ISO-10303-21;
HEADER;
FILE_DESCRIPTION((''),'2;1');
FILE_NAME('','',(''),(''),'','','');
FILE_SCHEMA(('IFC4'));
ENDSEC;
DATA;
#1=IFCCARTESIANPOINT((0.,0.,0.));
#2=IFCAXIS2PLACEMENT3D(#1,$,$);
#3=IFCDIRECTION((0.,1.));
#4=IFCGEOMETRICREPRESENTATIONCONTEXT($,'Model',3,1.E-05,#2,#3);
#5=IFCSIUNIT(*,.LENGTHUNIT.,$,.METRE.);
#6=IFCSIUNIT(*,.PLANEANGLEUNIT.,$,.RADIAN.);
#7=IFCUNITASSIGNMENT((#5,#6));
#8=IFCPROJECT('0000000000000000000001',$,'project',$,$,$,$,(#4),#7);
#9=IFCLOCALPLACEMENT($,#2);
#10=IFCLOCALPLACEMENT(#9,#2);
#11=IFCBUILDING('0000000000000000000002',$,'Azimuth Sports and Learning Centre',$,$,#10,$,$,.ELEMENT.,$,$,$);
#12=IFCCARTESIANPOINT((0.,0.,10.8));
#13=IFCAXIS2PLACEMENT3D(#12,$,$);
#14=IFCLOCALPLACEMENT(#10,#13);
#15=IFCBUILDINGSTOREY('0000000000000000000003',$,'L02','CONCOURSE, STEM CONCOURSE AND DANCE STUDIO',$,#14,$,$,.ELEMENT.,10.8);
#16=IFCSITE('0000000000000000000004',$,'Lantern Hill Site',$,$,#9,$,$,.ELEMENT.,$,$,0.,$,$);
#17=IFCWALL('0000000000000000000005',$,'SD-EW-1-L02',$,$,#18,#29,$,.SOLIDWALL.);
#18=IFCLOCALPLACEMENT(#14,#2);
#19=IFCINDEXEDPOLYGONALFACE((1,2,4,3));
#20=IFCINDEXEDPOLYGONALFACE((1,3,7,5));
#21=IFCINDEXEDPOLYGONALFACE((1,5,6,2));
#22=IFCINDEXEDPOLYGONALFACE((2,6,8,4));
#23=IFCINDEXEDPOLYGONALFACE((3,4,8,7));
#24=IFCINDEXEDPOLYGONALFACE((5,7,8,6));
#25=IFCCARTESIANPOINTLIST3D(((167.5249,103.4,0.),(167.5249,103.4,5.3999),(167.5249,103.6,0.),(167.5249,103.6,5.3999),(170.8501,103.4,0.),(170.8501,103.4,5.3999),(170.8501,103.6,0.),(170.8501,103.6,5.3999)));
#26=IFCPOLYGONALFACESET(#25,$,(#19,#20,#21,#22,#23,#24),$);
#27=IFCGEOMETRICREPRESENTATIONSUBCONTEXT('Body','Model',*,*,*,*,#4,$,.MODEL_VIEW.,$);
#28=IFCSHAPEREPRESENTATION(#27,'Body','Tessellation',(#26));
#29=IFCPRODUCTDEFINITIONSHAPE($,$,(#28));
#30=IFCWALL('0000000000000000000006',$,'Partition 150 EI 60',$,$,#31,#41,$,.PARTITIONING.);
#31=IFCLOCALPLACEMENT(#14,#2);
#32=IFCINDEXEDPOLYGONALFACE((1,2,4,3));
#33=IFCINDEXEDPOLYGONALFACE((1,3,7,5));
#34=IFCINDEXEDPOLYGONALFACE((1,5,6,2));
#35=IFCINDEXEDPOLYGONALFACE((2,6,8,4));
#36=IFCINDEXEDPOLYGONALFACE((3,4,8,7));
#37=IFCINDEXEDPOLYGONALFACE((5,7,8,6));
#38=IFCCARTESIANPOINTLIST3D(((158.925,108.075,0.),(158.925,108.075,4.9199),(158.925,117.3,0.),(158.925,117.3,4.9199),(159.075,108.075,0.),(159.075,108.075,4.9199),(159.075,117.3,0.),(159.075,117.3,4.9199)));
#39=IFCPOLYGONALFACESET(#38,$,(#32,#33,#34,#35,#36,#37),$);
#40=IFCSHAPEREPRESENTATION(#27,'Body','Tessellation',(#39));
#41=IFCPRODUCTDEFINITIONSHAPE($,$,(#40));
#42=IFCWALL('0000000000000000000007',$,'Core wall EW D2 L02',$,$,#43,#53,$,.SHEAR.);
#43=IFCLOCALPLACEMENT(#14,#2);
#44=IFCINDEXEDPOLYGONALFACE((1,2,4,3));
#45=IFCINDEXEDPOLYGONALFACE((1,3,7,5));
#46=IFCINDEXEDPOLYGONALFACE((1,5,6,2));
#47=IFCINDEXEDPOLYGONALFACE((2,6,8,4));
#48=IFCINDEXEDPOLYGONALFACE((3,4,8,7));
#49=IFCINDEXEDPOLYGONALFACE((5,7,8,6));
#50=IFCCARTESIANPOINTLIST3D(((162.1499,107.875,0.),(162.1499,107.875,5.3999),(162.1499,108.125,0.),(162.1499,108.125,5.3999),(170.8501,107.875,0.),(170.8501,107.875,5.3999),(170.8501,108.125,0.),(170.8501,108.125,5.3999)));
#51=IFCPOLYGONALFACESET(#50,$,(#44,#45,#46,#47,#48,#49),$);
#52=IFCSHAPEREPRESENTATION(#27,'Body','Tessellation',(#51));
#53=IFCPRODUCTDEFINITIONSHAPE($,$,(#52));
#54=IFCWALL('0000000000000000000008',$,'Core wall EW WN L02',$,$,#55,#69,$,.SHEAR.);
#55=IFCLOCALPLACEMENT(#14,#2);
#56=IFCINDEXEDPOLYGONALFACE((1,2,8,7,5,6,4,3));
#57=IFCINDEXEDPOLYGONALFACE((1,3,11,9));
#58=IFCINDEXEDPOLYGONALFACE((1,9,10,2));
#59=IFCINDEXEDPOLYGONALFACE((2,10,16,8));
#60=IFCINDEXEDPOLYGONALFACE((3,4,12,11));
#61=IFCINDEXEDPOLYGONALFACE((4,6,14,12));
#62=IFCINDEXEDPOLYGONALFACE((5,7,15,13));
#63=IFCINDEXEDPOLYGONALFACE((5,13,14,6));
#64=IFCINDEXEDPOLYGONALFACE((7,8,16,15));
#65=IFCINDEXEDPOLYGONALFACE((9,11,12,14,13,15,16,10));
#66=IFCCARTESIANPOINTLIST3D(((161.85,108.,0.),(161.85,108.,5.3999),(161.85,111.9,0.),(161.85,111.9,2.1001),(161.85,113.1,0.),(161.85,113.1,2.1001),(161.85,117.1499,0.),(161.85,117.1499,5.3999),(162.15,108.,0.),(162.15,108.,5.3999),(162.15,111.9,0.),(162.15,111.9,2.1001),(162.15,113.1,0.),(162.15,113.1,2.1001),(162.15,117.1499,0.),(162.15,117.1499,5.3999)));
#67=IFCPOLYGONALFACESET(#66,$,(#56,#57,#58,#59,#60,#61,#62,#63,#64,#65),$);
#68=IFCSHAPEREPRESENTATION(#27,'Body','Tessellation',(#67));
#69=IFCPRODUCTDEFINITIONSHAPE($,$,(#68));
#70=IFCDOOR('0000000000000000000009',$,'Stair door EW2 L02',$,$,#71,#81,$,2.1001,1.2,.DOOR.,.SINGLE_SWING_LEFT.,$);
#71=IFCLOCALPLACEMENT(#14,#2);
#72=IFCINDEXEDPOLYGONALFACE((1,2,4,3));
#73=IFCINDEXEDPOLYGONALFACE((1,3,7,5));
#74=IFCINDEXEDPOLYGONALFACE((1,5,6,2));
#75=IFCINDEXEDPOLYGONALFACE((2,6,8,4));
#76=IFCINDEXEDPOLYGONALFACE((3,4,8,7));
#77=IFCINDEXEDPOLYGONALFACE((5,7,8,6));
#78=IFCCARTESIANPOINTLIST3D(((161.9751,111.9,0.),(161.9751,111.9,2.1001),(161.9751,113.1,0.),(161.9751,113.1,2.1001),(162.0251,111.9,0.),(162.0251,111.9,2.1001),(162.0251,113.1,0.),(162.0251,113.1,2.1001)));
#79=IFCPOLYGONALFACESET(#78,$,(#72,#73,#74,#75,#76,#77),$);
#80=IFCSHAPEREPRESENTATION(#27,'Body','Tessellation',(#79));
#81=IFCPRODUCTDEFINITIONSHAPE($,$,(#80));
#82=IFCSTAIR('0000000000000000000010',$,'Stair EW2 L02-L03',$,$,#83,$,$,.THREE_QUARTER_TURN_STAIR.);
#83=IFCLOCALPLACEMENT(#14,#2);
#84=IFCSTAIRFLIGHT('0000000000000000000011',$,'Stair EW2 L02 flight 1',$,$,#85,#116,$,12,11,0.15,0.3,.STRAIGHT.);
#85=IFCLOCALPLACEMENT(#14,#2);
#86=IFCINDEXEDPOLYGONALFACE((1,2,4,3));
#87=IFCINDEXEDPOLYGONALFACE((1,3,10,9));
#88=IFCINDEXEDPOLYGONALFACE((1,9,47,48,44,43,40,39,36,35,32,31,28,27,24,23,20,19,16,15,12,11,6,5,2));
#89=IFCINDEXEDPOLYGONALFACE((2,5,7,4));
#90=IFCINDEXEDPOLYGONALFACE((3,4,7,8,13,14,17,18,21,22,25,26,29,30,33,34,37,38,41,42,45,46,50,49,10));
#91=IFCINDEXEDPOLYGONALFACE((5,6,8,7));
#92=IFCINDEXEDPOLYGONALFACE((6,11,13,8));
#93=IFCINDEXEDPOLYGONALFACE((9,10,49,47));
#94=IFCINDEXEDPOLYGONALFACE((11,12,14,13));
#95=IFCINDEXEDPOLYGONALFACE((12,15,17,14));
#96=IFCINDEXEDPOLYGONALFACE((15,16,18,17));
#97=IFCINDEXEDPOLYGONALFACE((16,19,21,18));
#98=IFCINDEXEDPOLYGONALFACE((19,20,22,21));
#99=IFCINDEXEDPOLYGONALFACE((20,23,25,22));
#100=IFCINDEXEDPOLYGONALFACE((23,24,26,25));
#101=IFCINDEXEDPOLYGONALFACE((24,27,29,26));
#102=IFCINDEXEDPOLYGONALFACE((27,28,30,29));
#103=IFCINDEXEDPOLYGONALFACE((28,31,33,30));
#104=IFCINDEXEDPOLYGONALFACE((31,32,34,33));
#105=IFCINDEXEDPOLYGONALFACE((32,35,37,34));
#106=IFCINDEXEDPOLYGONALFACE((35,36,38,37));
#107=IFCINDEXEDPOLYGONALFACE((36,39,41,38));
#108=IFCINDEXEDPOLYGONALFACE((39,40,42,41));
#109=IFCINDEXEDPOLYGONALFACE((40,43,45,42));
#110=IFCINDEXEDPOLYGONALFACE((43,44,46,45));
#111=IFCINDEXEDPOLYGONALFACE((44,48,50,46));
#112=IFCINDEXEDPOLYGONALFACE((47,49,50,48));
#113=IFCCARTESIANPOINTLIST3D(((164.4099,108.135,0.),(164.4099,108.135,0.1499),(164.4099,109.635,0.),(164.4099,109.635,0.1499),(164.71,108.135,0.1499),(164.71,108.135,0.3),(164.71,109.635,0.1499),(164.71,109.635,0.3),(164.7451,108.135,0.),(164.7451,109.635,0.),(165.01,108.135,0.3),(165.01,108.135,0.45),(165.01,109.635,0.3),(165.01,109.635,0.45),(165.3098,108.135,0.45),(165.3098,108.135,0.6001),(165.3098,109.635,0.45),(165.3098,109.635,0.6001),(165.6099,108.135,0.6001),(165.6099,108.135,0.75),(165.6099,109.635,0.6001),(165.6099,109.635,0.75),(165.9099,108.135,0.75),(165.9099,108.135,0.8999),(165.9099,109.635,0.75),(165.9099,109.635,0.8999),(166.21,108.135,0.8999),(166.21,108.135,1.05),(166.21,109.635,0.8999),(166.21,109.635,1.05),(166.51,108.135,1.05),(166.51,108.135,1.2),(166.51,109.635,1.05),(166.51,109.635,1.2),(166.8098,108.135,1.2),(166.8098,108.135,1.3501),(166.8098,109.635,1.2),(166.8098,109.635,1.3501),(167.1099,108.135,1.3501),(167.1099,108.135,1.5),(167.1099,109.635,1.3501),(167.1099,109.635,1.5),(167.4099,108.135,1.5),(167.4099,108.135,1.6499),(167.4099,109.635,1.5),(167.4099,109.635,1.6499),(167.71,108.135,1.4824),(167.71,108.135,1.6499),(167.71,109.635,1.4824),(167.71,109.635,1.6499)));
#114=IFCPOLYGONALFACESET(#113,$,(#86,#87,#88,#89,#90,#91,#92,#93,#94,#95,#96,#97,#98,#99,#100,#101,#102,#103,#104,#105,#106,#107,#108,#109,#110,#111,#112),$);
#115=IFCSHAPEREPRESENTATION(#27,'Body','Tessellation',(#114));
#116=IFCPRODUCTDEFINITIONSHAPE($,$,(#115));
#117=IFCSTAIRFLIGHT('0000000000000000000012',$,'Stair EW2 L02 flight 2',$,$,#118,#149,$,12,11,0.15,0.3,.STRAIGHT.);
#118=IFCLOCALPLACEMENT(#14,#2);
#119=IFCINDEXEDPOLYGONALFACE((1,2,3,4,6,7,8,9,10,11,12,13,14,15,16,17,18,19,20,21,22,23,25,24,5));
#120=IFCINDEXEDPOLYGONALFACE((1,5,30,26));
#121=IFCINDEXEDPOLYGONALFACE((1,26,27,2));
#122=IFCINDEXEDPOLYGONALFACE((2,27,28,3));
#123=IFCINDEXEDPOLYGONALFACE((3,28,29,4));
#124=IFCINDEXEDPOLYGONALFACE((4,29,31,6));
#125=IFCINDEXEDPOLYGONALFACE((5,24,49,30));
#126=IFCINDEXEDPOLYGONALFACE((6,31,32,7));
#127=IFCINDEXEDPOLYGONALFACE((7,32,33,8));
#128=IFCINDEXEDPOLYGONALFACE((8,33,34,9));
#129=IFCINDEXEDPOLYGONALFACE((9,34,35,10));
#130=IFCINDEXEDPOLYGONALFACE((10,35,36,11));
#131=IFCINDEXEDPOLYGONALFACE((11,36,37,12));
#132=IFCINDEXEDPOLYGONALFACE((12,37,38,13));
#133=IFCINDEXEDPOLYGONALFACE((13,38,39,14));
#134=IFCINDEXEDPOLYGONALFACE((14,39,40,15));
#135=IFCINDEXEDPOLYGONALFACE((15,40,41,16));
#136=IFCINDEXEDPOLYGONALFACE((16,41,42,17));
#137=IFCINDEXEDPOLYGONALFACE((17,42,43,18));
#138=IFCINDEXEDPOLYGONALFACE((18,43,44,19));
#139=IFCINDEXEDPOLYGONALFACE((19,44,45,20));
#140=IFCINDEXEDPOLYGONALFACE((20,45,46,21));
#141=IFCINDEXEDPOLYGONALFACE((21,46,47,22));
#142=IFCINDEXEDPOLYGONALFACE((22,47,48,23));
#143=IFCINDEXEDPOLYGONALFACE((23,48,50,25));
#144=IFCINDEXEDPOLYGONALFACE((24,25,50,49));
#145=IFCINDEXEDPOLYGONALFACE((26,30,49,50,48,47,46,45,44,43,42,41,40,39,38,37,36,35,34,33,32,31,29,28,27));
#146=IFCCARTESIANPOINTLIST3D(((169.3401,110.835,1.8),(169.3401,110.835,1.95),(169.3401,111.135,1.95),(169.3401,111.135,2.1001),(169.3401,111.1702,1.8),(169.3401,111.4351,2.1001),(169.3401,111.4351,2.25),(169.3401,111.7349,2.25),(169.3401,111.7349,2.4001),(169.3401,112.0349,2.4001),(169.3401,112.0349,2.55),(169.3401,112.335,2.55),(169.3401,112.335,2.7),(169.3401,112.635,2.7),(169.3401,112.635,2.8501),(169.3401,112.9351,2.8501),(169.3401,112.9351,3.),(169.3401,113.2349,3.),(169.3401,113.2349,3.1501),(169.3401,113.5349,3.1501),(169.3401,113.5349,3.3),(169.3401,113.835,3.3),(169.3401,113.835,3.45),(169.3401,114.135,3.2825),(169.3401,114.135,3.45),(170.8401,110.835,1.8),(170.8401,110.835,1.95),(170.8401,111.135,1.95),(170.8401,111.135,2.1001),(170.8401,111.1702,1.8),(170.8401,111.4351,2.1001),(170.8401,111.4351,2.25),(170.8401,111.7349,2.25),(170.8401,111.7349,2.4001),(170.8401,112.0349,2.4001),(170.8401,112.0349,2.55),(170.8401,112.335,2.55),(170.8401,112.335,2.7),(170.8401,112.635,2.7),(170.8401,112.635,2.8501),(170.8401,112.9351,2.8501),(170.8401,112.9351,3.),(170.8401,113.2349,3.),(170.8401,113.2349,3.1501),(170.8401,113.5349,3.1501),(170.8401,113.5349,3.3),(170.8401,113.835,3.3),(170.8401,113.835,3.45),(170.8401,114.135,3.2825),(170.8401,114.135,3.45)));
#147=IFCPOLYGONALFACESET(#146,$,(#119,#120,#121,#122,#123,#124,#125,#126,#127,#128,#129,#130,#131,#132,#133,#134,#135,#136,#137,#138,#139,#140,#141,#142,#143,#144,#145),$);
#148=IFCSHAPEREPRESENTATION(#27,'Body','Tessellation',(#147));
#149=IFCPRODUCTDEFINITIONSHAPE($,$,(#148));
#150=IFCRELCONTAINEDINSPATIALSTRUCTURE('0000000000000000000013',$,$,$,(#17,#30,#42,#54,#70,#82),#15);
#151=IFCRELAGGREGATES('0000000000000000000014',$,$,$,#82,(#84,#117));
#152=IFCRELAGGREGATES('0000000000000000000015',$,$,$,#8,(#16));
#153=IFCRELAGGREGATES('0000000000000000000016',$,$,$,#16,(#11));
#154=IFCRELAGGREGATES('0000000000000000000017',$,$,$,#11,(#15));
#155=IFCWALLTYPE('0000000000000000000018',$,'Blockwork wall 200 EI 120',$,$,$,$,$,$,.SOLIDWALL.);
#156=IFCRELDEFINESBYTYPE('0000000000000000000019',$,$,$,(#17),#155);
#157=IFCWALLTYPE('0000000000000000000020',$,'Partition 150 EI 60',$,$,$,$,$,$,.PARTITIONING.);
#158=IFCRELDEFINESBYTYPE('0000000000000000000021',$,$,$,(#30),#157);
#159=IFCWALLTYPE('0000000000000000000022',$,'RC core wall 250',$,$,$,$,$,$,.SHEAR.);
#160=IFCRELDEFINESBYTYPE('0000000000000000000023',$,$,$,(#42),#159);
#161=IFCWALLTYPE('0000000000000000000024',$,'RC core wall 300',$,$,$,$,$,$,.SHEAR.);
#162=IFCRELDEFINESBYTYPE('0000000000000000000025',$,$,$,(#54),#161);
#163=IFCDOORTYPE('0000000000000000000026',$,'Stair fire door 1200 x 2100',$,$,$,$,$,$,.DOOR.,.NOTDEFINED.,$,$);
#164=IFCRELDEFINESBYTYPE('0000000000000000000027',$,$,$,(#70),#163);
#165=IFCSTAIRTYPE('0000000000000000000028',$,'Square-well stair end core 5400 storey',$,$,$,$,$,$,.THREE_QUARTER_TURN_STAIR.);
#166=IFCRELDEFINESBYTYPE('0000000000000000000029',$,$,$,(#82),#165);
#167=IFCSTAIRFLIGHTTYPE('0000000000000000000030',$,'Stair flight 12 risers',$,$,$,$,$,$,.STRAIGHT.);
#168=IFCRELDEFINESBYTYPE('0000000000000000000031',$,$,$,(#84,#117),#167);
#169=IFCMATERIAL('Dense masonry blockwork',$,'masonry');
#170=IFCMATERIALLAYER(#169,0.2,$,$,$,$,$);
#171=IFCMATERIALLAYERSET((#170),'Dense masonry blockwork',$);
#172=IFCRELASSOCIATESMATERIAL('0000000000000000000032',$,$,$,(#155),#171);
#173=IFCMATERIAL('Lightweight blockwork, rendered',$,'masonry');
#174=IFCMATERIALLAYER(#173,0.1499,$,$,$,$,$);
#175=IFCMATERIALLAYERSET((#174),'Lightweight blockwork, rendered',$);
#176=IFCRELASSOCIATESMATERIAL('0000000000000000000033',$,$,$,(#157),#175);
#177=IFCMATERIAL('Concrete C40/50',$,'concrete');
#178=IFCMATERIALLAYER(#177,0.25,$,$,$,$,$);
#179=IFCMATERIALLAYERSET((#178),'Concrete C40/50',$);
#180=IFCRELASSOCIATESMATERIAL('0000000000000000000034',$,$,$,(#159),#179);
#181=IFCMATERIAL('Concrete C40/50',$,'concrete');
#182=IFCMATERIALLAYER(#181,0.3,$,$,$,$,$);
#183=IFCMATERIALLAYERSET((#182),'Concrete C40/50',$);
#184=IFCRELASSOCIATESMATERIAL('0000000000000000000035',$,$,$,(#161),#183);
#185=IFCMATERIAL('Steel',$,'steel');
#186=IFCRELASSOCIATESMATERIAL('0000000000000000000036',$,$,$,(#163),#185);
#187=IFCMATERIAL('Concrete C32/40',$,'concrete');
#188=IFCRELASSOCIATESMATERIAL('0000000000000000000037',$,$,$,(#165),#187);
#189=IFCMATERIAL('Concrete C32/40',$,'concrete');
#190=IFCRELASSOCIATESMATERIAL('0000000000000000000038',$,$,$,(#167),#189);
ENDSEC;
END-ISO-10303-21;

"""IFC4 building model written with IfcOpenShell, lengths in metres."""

from ifc_helpers import new_model, si_unit, direction, frame, frame_2d, origin, place, context, subcontext, project, spatial, polyline, rectangle, outline, extrude, material, layer, layer_set, type_object, element, fill, aggregate, save


model = new_model("IFC4")

# Units and contexts
model_context = context("Model", 3, precision=1e-05, world=origin(), true_north=direction((0.0, 1.0)))
body_context = subcontext(model_context, "Body", "Model", "MODEL_VIEW")
ifc_project = project(units=[si_unit("LENGTHUNIT", "METRE"), si_unit("PLANEANGLEUNIT", "RADIAN")], contexts=[model_context])

# Site, building, storey
site_placement = place(None, origin())
site = spatial("IfcSite", under=ifc_project, at=site_placement, Name="Lantern Hill Site", CompositionType="ELEMENT", RefElevation=0.0)
building_placement = place(site_placement, origin())
building = spatial("IfcBuilding", under=site, at=building_placement, Name="Azimuth Sports and Learning Centre", CompositionType="ELEMENT")
storey_placement = place(building_placement, frame((0.0, 0.0, 10.8)))
storey = spatial("IfcBuildingStorey", under=building, at=storey_placement, Name="L02", Description="CONCOURSE, STEM CONCOURSE AND DANCE STUDIO", CompositionType="ELEMENT", Elevation=10.8)

# Walls
ifc_material_1 = material(Name="Dense masonry blockwork", Category="masonry")
ifc_layer_1 = layer(ifc_material_1, 0.2)
ifc_layer_set_1 = layer_set([ifc_layer_1], Name="Dense masonry blockwork")
wall_type_1 = type_object("IfcWallType", Name="Blockwork wall 200 EI 120", PredefinedType="SOLIDWALL", material=ifc_layer_set_1)
wall_1_placement = place(storey_placement, frame((167.5249, 103.5, 0.0), z_axis=(0.0, 0.0, 1.0), x_axis=(1.0, 0.0, 0.0)))
element("IfcWall", 1, at=wall_1_placement, inside=storey, type_object=wall_type_1, Name="SD-EW-1-L02", PredefinedType="SOLIDWALL", context=body_context, shape_type="SweptSolid", body=[
    extrude(rectangle(XDim=3.3252, YDim=0.2, at=frame_2d((1.6626, 0.0))), origin(), (0.0, 0.0, 1.0), 5.3999),
])
ifc_material_2 = material(Name="Lightweight blockwork, rendered", Category="masonry")
ifc_layer_2 = layer(ifc_material_2, 0.1499)
ifc_layer_set_2 = layer_set([ifc_layer_2], Name="Lightweight blockwork, rendered")
wall_type_2 = type_object("IfcWallType", Name="Partition 150 EI 60", PredefinedType="PARTITIONING", material=ifc_layer_set_2)
wall_2_placement = place(storey_placement, frame((159.0, 108.075, 0.0), z_axis=(0.0, 0.0, 1.0), x_axis=(0.0, 1.0, 0.0)))
element("IfcWall", 2, at=wall_2_placement, inside=storey, type_object=wall_type_2, Name="Partition 150 EI 60", PredefinedType="PARTITIONING", context=body_context, shape_type="SweptSolid", body=[
    extrude(rectangle(XDim=9.2251, YDim=0.1499, at=frame_2d((4.6125, 0.0))), origin(), (0.0, 0.0, 1.0), 4.9199),
])
ifc_material_3 = material(Name="Concrete C40/50", Category="concrete")
ifc_layer_3 = layer(ifc_material_3, 0.25)
ifc_layer_set_3 = layer_set([ifc_layer_3], Name="Concrete C40/50")
wall_type_3 = type_object("IfcWallType", Name="RC core wall 250", PredefinedType="SHEAR", material=ifc_layer_set_3)
wall_3_placement = place(storey_placement, frame((162.1499, 108.0, 0.0), z_axis=(0.0, 0.0, 1.0), x_axis=(1.0, 0.0, 0.0)))
element("IfcWall", 3, at=wall_3_placement, inside=storey, type_object=wall_type_3, Name="Core wall EW D2 L02", PredefinedType="SHEAR", context=body_context, shape_type="SweptSolid", body=[
    extrude(rectangle(XDim=8.7002, YDim=0.25, at=frame_2d((4.3501, 0.0))), origin(), (0.0, 0.0, 1.0), 5.3999),
])

# Wall, opening, door
ifc_material_4 = material(Name="Concrete C40/50", Category="concrete")
ifc_layer_4 = layer(ifc_material_4, 0.3)
ifc_layer_set_4 = layer_set([ifc_layer_4], Name="Concrete C40/50")
wall_type_4 = type_object("IfcWallType", Name="RC core wall 300", PredefinedType="SHEAR", material=ifc_layer_set_4)
wall_4_placement = place(storey_placement, frame((162.0, 108.0, 0.0), z_axis=(0.0, 0.0, 1.0), x_axis=(0.0, 1.0, 0.0)))
wall_4 = element("IfcWall", 4, at=wall_4_placement, inside=storey, type_object=wall_type_4, Name="Core wall EW WN L02", PredefinedType="SHEAR", context=body_context, shape_type="SweptSolid", body=[
    extrude(rectangle(XDim=9.1499, YDim=0.3, at=frame_2d((4.575, 0.0))), origin(), (0.0, 0.0, 1.0), 5.3999),
])
opening_placement = place(wall_4_placement, frame((3.8999, 0.0, 0.0)))
opening = element("IfcOpeningElement", 5, at=opening_placement, cuts=wall_4, PredefinedType="OPENING", context=body_context, shape_type="SweptSolid", body=[
    extrude(rectangle(XDim=1.2, YDim=2.1001, at=frame_2d((0.6001, 1.05))), frame((0.0, 0.1611, 0.0), z_axis=(0.0, -1.0, 0.0), x_axis=(1.0, 0.0, 0.0)), (0.0, 0.0, 1.0), 0.322),
])
ifc_material_5 = material(Name="Steel", Category="steel")
door_type = type_object("IfcDoorType", Name="Stair fire door 1200 x 2100", OperationType="NOTDEFINED", PredefinedType="DOOR", material=ifc_material_5)
door_placement = place(opening_placement, origin())
door = element("IfcDoor", 6, at=door_placement, inside=storey, type_object=door_type, Name="Stair door EW2 L02", OperationType="SINGLE_SWING_LEFT", OverallHeight=2.1001, OverallWidth=1.2, PredefinedType="DOOR", context=body_context, shape_type="SweptSolid", body=[
    extrude(rectangle(XDim=1.2, YDim=2.1001, at=frame_2d((0.6001, 1.05))), frame((0.0, 0.0249, 0.0), z_axis=(0.0, -1.0, 0.0), x_axis=(1.0, 0.0, 0.0)), (0.0, 0.0, 1.0), 0.05),
])
fill(opening, door)

# Stair, stair flights
ifc_material_6 = material(Name="Concrete C32/40", Category="concrete")
stair_type = type_object("IfcStairType", Name="Square-well stair end core 5400 storey", PredefinedType="THREE_QUARTER_TURN_STAIR", material=ifc_material_6)
stair_placement = place(storey_placement, origin())
stair = element("IfcStair", 7, at=stair_placement, inside=storey, type_object=stair_type, Name="Stair EW2 L02-L03", PredefinedType="THREE_QUARTER_TURN_STAIR")
ifc_material_7 = material(Name="Concrete C32/40", Category="concrete")
stair_flight_type = type_object("IfcStairFlightType", Name="Stair flight 12 risers", PredefinedType="STRAIGHT", material=ifc_material_7)
stair_flight_1_placement = place(storey_placement, frame((164.4099, 108.885, 0.0), z_axis=(0.0, 0.0, 1.0), x_axis=(1.0, 0.0, 0.0)))
stair_flight_1 = element("IfcStairFlight", 8, at=stair_flight_1_placement, type_object=stair_flight_type, Name="Stair EW2 L02 flight 1", NumberOfRisers=12, NumberOfTreads=11, PredefinedType="STRAIGHT", RiserHeight=0.15, TreadLength=0.3, context=body_context, shape_type="SweptSolid", body=[
    extrude(outline(polyline([(0.0, 0.0), (0.0, 0.1499), (0.3, 0.1499), (0.3, 0.3), (0.6001, 0.3), (0.6001, 0.45), (0.8999, 0.45), (0.8999, 0.6001), (1.2, 0.6001), (1.2, 0.75), (1.5, 0.75), (1.5, 0.8999), (1.8, 0.8999), (1.8, 1.05), (2.1001, 1.05), (2.1001, 1.2), (2.3999, 1.2), (2.3999, 1.3501), (2.7, 1.3501), (2.7, 1.5), (3.0, 1.5), (3.0, 1.6499), (3.3, 1.6499), (3.3, 1.8), (3.3, 1.4824), (0.3352, 0.0), (0.0, 0.0)])), frame((0.0, 0.75, 0.0), z_axis=(0.0, -1.0, 0.0), x_axis=(1.0, 0.0, 0.0)), (0.0, 0.0, 1.0), 1.5),
])
stair_flight_2_placement = place(storey_placement, frame((170.0901, 110.835, 1.8), z_axis=(0.0, 0.0, 1.0), x_axis=(0.0, 1.0, 0.0)))
stair_flight_2 = element("IfcStairFlight", 9, at=stair_flight_2_placement, type_object=stair_flight_type, Name="Stair EW2 L02 flight 2", NumberOfRisers=12, NumberOfTreads=11, PredefinedType="STRAIGHT", RiserHeight=0.15, TreadLength=0.3, context=body_context, shape_type="SweptSolid", body=[
    extrude(outline(polyline([(0.0, 0.0), (0.0, 0.1499), (0.3, 0.1499), (0.3, 0.3), (0.6001, 0.3), (0.6001, 0.45), (0.8999, 0.45), (0.8999, 0.6001), (1.2, 0.6001), (1.2, 0.75), (1.5, 0.75), (1.5, 0.8999), (1.8, 0.8999), (1.8, 1.05), (2.1001, 1.05), (2.1001, 1.2), (2.3999, 1.2), (2.3999, 1.3501), (2.7, 1.3501), (2.7, 1.5), (3.0, 1.5), (3.0, 1.6499), (3.3, 1.6499), (3.3, 1.8), (3.3, 1.4824), (0.3352, 0.0), (0.0, 0.0)])), frame((0.0, 0.75, 0.0), z_axis=(0.0, -1.0, 0.0), x_axis=(1.0, 0.0, 0.0)), (0.0, 0.0, 1.0), 1.5),
])
aggregate(stair, [stair_flight_1, stair_flight_2])

save(model, "model.ifc")
